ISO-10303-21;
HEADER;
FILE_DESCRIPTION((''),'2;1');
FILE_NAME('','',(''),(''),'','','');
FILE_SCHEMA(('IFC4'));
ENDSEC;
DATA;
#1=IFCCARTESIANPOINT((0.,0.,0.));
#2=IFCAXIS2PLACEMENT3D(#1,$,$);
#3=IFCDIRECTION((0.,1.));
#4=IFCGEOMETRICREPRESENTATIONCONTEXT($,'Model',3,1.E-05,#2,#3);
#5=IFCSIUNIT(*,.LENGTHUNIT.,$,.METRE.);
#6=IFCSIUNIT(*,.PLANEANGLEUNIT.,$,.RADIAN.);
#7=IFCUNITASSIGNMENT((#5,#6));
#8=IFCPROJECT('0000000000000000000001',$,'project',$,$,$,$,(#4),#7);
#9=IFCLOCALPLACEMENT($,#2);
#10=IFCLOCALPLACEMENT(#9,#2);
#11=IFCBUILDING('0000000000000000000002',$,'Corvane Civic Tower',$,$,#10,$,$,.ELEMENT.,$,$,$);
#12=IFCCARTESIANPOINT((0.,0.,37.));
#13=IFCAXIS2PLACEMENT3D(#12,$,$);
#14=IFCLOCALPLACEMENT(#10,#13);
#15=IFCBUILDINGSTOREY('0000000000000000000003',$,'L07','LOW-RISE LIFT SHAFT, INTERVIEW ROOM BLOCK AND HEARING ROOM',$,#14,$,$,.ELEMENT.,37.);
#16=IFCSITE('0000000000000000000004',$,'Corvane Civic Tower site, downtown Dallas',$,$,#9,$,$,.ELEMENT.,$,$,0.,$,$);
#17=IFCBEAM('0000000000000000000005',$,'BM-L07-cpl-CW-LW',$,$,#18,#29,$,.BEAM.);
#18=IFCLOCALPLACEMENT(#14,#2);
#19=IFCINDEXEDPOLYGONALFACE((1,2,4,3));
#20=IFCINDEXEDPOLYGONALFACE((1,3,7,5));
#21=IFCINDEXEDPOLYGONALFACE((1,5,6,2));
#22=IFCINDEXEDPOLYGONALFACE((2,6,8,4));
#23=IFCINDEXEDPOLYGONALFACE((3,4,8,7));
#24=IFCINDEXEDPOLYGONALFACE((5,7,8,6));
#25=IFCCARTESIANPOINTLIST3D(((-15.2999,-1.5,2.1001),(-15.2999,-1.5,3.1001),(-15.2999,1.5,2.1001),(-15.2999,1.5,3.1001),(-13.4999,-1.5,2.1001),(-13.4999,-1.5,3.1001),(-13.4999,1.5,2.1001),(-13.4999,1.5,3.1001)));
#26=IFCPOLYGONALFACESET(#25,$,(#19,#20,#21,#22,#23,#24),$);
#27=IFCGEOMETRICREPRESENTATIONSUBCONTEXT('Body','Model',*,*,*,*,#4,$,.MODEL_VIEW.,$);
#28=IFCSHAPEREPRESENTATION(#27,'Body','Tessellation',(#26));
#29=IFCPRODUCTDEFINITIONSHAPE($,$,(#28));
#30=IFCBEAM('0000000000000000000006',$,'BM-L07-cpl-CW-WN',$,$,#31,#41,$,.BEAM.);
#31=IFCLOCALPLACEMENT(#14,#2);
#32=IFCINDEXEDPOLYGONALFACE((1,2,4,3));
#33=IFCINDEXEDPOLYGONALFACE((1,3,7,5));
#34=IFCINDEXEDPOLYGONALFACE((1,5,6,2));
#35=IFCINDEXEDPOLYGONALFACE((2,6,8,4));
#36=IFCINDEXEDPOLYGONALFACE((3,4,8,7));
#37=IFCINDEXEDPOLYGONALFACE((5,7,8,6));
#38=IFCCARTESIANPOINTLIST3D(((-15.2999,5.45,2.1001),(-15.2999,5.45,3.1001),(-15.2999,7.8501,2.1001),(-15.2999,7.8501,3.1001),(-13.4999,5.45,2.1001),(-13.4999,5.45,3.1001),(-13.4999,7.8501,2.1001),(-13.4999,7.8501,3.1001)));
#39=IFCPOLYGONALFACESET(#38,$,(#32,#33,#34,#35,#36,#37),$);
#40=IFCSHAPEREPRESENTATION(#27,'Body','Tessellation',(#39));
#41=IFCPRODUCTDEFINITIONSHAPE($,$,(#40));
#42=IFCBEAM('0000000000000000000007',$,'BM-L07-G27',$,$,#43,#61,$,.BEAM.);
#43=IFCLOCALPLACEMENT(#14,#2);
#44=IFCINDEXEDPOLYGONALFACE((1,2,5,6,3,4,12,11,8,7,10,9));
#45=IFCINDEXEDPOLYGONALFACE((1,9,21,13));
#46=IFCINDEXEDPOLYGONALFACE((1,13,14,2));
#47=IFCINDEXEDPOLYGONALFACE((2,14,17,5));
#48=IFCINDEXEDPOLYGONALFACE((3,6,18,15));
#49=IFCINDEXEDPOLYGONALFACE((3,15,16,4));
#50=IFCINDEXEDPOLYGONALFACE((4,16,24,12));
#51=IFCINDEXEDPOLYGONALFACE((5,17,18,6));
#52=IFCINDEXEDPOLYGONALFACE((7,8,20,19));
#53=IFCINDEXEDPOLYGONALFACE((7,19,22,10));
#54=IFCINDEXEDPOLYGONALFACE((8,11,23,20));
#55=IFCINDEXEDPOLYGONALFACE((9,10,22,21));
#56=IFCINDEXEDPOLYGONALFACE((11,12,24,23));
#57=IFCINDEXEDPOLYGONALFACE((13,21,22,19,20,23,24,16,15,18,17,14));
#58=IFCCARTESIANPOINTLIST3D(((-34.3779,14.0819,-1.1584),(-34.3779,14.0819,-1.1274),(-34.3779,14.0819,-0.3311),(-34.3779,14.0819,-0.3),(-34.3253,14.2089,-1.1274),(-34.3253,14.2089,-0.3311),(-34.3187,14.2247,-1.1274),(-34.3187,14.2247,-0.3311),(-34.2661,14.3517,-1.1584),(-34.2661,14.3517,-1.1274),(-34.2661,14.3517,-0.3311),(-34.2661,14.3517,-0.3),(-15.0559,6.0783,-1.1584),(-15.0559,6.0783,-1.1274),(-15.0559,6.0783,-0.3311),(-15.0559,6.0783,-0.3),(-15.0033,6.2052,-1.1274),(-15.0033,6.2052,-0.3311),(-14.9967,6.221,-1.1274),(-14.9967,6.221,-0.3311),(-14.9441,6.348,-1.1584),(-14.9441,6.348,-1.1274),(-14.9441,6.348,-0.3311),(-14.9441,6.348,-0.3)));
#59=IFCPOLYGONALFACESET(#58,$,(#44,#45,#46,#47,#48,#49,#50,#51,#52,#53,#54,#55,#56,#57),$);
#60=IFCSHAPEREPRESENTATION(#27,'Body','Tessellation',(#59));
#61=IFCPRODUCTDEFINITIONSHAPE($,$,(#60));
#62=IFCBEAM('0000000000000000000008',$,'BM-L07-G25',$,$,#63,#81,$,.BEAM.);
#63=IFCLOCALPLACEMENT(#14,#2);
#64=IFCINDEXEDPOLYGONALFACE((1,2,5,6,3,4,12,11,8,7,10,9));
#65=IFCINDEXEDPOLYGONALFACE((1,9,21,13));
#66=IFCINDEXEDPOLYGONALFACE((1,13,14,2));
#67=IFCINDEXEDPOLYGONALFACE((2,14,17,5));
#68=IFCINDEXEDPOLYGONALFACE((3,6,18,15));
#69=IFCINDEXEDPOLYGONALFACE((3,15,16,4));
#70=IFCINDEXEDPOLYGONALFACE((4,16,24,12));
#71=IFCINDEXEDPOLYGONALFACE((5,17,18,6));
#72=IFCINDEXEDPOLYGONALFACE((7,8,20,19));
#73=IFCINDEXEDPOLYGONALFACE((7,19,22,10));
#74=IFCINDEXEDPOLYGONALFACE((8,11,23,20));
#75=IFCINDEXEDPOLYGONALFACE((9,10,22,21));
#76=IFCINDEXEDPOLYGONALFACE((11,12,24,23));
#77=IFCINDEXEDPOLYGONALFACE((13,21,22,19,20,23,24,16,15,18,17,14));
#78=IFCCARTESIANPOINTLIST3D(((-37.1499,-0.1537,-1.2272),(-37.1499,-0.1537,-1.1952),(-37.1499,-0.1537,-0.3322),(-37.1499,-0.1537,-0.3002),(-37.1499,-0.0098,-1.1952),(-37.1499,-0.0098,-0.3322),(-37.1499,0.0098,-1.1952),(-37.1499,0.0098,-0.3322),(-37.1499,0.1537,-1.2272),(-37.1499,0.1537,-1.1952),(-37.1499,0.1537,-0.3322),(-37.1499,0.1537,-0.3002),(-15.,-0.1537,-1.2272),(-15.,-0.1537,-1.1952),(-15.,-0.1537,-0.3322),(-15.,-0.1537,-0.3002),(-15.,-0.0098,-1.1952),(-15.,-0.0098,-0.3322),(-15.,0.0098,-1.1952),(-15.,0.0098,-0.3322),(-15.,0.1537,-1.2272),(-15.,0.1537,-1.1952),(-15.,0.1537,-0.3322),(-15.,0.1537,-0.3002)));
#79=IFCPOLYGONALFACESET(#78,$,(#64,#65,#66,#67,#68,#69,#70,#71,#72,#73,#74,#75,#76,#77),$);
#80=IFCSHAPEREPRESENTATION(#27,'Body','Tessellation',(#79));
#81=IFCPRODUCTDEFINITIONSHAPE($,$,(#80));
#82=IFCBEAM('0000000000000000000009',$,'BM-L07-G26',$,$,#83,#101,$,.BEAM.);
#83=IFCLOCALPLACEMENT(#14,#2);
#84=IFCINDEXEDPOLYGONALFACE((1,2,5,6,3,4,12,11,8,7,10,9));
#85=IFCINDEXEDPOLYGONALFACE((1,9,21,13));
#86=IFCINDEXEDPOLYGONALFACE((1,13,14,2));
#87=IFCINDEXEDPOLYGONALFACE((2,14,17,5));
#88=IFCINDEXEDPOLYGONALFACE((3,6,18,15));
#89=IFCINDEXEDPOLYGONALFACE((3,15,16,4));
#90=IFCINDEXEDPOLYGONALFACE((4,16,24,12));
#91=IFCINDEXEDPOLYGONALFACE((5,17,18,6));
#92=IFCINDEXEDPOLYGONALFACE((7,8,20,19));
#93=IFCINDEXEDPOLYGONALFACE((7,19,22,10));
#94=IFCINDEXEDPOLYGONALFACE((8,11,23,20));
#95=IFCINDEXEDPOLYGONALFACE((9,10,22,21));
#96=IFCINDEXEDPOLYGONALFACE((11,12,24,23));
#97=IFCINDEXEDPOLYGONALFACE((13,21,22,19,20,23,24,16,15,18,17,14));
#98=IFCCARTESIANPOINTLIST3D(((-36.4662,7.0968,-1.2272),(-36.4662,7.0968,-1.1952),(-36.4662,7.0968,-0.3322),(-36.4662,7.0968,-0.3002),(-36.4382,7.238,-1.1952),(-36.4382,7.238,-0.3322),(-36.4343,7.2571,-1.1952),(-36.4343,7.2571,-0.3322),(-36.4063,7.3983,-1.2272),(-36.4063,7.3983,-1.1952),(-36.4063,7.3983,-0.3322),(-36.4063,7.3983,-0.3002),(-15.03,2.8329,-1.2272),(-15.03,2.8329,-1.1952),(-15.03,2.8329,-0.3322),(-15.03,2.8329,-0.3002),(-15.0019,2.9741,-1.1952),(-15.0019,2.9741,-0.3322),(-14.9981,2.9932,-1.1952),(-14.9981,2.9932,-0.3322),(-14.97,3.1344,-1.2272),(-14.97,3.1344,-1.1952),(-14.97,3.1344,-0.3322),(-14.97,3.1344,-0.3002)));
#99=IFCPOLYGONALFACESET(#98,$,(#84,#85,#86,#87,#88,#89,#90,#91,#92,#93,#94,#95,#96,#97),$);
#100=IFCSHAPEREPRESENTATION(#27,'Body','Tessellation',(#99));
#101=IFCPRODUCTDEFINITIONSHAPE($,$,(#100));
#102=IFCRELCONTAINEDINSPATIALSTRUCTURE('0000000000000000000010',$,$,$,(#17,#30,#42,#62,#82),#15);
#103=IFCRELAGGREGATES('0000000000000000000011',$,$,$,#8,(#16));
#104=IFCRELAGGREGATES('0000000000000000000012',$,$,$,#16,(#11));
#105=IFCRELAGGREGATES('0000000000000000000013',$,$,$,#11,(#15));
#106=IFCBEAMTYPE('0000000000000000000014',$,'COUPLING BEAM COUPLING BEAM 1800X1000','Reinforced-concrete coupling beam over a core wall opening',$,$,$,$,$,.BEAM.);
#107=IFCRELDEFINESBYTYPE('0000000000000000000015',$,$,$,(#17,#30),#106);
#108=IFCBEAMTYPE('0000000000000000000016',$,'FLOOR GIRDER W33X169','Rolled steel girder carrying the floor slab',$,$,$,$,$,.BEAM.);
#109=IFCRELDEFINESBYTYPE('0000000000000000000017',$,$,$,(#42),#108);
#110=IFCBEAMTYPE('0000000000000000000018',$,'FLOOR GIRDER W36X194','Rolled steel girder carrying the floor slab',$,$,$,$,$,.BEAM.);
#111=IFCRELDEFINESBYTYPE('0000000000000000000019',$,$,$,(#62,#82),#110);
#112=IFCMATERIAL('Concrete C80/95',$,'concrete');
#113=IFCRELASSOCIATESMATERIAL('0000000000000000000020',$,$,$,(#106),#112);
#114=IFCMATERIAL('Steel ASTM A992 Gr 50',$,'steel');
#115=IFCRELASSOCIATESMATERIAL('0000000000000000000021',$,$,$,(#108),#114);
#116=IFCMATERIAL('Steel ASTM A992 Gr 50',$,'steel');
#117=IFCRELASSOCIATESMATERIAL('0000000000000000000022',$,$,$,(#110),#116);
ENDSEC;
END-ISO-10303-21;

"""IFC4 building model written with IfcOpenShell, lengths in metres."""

from ifc_helpers import new_model, si_unit, direction, frame, origin, origin_2d, place, context, subcontext, project, spatial, rectangle, i_section, extrude, material, material_profile, profile_set, type_object, element, save


model = new_model("IFC4")

# Units and contexts
model_context = context("Model", 3, precision=1e-05, world=origin(), true_north=direction((0.0, 1.0)))
body_context = subcontext(model_context, "Body", "Model", "MODEL_VIEW")
ifc_project = project(units=[si_unit("LENGTHUNIT", "METRE"), si_unit("PLANEANGLEUNIT", "RADIAN")], contexts=[model_context])

# Site, building, storey
site_placement = place(None, origin())
site = spatial("IfcSite", under=ifc_project, at=site_placement, Name="Corvane Civic Tower site, downtown Dallas", CompositionType="ELEMENT", RefElevation=0.0)
building_placement = place(site_placement, origin())
building = spatial("IfcBuilding", under=site, at=building_placement, Name="Corvane Civic Tower", CompositionType="ELEMENT")
storey_placement = place(building_placement, frame((0.0, 0.0, 37.0)))
storey = spatial("IfcBuildingStorey", under=building, at=storey_placement, Name="L07", Description="LOW-RISE LIFT SHAFT, INTERVIEW ROOM BLOCK AND HEARING ROOM", CompositionType="ELEMENT", Elevation=37.0)

# Beams
ifc_material_1 = material(Name="Concrete C80/95", Category="concrete")
ifc_material_profile_1 = material_profile(ifc_material_1, rectangle(XDim=1.8, YDim=1.0, at=origin_2d()), Name="COUPLING BEAM 1800X1000")
ifc_profile_set_1 = profile_set([ifc_material_profile_1], Name="Concrete C80/95")
beam_type_1 = type_object("IfcBeamType", Name="COUPLING BEAM COUPLING BEAM 1800X1000", Description="Reinforced-concrete coupling beam over a core wall opening", PredefinedType="BEAM", material=ifc_profile_set_1)
beam_1_placement = place(storey_placement, frame((-14.3999, -1.5, 2.6001), z_axis=(0.0, 1.0, 0.0), x_axis=(-1.0, 0.0, 0.0)))
element("IfcBeam", 1, at=beam_1_placement, inside=storey, type_object=beam_type_1, Name="BM-L07-cpl-CW-LW", PredefinedType="BEAM", context=body_context, shape_type="SweptSolid", body=[
    extrude(rectangle(XDim=1.8, YDim=1.0, at=origin_2d()), origin(), (0.0, 0.0, 1.0), 3.0),
])
beam_2_placement = place(storey_placement, frame((-14.3999, 5.45, 2.6001), z_axis=(0.0, 1.0, 0.0), x_axis=(-1.0, 0.0, 0.0)))
element("IfcBeam", 2, at=beam_2_placement, inside=storey, type_object=beam_type_1, Name="BM-L07-cpl-CW-WN", PredefinedType="BEAM", context=body_context, shape_type="SweptSolid", body=[
    extrude(rectangle(XDim=1.8, YDim=1.0, at=origin_2d()), origin(), (0.0, 0.0, 1.0), 2.4001),
])
ifc_material_2 = material(Name="Steel ASTM A992 Gr 50", Category="steel")
ifc_material_profile_2 = material_profile(ifc_material_2, i_section(OverallWidth=0.292, OverallDepth=0.8584, WebThickness=0.0171, FlangeThickness=0.031, at=origin_2d()), Name="W33X169")
ifc_profile_set_2 = profile_set([ifc_material_profile_2], Name="Steel ASTM A992 Gr 50")
beam_type_2 = type_object("IfcBeamType", Name="FLOOR GIRDER W33X169", Description="Rolled steel girder carrying the floor slab", PredefinedType="BEAM", material=ifc_profile_set_2)
beam_3_placement = place(storey_placement, frame((-15.0, 6.2131, -0.7292), z_axis=(-0.923876, 0.382692, 0.0), x_axis=(-0.382692, -0.923876, 0.0)))
element("IfcBeam", 3, at=beam_3_placement, inside=storey, type_object=beam_type_2, Name="BM-L07-G27", PredefinedType="BEAM", context=body_context, shape_type="SweptSolid", body=[
    extrude(i_section(OverallWidth=0.292, OverallDepth=0.8584, WebThickness=0.0171, FlangeThickness=0.031, at=origin_2d()), origin(), (0.0, 0.0, 1.0), 20.9141),
])
ifc_material_3 = material(Name="Steel ASTM A992 Gr 50", Category="steel")
ifc_material_profile_3 = material_profile(ifc_material_3, i_section(OverallWidth=0.3074, OverallDepth=0.927, WebThickness=0.0195, FlangeThickness=0.032, at=origin_2d()), Name="W36X194")
ifc_profile_set_3 = profile_set([ifc_material_profile_3], Name="Steel ASTM A992 Gr 50")
beam_type_3 = type_object("IfcBeamType", Name="FLOOR GIRDER W36X194", Description="Rolled steel girder carrying the floor slab", PredefinedType="BEAM", material=ifc_profile_set_3)
beam_4_placement = place(storey_placement, frame((-15.0, 0.0, -0.7637), z_axis=(-1.0, 0.0, 0.0), x_axis=(0.0, -1.0, 0.0)))
element("IfcBeam", 4, at=beam_4_placement, inside=storey, type_object=beam_type_3, Name="BM-L07-G25", PredefinedType="BEAM", context=body_context, shape_type="SweptSolid", body=[
    extrude(i_section(OverallWidth=0.3074, OverallDepth=0.927, WebThickness=0.0195, FlangeThickness=0.032, at=origin_2d()), origin(), (0.0, 0.0, 1.0), 22.1499),
])
beam_5_placement = place(storey_placement, frame((-15.0, 2.9836, -0.7637), z_axis=(-0.980785, 0.195089, 0.0), x_axis=(-0.195089, -0.980785, 0.0)))
element("IfcBeam", 5, at=beam_5_placement, inside=storey, type_object=beam_type_3, Name="BM-L07-G26", PredefinedType="BEAM", context=body_context, shape_type="SweptSolid", body=[
    extrude(i_section(OverallWidth=0.3074, OverallDepth=0.927, WebThickness=0.0195, FlangeThickness=0.032, at=origin_2d()), origin(), (0.0, 0.0, 1.0), 21.8562),
])

save(model, "model.ifc")
